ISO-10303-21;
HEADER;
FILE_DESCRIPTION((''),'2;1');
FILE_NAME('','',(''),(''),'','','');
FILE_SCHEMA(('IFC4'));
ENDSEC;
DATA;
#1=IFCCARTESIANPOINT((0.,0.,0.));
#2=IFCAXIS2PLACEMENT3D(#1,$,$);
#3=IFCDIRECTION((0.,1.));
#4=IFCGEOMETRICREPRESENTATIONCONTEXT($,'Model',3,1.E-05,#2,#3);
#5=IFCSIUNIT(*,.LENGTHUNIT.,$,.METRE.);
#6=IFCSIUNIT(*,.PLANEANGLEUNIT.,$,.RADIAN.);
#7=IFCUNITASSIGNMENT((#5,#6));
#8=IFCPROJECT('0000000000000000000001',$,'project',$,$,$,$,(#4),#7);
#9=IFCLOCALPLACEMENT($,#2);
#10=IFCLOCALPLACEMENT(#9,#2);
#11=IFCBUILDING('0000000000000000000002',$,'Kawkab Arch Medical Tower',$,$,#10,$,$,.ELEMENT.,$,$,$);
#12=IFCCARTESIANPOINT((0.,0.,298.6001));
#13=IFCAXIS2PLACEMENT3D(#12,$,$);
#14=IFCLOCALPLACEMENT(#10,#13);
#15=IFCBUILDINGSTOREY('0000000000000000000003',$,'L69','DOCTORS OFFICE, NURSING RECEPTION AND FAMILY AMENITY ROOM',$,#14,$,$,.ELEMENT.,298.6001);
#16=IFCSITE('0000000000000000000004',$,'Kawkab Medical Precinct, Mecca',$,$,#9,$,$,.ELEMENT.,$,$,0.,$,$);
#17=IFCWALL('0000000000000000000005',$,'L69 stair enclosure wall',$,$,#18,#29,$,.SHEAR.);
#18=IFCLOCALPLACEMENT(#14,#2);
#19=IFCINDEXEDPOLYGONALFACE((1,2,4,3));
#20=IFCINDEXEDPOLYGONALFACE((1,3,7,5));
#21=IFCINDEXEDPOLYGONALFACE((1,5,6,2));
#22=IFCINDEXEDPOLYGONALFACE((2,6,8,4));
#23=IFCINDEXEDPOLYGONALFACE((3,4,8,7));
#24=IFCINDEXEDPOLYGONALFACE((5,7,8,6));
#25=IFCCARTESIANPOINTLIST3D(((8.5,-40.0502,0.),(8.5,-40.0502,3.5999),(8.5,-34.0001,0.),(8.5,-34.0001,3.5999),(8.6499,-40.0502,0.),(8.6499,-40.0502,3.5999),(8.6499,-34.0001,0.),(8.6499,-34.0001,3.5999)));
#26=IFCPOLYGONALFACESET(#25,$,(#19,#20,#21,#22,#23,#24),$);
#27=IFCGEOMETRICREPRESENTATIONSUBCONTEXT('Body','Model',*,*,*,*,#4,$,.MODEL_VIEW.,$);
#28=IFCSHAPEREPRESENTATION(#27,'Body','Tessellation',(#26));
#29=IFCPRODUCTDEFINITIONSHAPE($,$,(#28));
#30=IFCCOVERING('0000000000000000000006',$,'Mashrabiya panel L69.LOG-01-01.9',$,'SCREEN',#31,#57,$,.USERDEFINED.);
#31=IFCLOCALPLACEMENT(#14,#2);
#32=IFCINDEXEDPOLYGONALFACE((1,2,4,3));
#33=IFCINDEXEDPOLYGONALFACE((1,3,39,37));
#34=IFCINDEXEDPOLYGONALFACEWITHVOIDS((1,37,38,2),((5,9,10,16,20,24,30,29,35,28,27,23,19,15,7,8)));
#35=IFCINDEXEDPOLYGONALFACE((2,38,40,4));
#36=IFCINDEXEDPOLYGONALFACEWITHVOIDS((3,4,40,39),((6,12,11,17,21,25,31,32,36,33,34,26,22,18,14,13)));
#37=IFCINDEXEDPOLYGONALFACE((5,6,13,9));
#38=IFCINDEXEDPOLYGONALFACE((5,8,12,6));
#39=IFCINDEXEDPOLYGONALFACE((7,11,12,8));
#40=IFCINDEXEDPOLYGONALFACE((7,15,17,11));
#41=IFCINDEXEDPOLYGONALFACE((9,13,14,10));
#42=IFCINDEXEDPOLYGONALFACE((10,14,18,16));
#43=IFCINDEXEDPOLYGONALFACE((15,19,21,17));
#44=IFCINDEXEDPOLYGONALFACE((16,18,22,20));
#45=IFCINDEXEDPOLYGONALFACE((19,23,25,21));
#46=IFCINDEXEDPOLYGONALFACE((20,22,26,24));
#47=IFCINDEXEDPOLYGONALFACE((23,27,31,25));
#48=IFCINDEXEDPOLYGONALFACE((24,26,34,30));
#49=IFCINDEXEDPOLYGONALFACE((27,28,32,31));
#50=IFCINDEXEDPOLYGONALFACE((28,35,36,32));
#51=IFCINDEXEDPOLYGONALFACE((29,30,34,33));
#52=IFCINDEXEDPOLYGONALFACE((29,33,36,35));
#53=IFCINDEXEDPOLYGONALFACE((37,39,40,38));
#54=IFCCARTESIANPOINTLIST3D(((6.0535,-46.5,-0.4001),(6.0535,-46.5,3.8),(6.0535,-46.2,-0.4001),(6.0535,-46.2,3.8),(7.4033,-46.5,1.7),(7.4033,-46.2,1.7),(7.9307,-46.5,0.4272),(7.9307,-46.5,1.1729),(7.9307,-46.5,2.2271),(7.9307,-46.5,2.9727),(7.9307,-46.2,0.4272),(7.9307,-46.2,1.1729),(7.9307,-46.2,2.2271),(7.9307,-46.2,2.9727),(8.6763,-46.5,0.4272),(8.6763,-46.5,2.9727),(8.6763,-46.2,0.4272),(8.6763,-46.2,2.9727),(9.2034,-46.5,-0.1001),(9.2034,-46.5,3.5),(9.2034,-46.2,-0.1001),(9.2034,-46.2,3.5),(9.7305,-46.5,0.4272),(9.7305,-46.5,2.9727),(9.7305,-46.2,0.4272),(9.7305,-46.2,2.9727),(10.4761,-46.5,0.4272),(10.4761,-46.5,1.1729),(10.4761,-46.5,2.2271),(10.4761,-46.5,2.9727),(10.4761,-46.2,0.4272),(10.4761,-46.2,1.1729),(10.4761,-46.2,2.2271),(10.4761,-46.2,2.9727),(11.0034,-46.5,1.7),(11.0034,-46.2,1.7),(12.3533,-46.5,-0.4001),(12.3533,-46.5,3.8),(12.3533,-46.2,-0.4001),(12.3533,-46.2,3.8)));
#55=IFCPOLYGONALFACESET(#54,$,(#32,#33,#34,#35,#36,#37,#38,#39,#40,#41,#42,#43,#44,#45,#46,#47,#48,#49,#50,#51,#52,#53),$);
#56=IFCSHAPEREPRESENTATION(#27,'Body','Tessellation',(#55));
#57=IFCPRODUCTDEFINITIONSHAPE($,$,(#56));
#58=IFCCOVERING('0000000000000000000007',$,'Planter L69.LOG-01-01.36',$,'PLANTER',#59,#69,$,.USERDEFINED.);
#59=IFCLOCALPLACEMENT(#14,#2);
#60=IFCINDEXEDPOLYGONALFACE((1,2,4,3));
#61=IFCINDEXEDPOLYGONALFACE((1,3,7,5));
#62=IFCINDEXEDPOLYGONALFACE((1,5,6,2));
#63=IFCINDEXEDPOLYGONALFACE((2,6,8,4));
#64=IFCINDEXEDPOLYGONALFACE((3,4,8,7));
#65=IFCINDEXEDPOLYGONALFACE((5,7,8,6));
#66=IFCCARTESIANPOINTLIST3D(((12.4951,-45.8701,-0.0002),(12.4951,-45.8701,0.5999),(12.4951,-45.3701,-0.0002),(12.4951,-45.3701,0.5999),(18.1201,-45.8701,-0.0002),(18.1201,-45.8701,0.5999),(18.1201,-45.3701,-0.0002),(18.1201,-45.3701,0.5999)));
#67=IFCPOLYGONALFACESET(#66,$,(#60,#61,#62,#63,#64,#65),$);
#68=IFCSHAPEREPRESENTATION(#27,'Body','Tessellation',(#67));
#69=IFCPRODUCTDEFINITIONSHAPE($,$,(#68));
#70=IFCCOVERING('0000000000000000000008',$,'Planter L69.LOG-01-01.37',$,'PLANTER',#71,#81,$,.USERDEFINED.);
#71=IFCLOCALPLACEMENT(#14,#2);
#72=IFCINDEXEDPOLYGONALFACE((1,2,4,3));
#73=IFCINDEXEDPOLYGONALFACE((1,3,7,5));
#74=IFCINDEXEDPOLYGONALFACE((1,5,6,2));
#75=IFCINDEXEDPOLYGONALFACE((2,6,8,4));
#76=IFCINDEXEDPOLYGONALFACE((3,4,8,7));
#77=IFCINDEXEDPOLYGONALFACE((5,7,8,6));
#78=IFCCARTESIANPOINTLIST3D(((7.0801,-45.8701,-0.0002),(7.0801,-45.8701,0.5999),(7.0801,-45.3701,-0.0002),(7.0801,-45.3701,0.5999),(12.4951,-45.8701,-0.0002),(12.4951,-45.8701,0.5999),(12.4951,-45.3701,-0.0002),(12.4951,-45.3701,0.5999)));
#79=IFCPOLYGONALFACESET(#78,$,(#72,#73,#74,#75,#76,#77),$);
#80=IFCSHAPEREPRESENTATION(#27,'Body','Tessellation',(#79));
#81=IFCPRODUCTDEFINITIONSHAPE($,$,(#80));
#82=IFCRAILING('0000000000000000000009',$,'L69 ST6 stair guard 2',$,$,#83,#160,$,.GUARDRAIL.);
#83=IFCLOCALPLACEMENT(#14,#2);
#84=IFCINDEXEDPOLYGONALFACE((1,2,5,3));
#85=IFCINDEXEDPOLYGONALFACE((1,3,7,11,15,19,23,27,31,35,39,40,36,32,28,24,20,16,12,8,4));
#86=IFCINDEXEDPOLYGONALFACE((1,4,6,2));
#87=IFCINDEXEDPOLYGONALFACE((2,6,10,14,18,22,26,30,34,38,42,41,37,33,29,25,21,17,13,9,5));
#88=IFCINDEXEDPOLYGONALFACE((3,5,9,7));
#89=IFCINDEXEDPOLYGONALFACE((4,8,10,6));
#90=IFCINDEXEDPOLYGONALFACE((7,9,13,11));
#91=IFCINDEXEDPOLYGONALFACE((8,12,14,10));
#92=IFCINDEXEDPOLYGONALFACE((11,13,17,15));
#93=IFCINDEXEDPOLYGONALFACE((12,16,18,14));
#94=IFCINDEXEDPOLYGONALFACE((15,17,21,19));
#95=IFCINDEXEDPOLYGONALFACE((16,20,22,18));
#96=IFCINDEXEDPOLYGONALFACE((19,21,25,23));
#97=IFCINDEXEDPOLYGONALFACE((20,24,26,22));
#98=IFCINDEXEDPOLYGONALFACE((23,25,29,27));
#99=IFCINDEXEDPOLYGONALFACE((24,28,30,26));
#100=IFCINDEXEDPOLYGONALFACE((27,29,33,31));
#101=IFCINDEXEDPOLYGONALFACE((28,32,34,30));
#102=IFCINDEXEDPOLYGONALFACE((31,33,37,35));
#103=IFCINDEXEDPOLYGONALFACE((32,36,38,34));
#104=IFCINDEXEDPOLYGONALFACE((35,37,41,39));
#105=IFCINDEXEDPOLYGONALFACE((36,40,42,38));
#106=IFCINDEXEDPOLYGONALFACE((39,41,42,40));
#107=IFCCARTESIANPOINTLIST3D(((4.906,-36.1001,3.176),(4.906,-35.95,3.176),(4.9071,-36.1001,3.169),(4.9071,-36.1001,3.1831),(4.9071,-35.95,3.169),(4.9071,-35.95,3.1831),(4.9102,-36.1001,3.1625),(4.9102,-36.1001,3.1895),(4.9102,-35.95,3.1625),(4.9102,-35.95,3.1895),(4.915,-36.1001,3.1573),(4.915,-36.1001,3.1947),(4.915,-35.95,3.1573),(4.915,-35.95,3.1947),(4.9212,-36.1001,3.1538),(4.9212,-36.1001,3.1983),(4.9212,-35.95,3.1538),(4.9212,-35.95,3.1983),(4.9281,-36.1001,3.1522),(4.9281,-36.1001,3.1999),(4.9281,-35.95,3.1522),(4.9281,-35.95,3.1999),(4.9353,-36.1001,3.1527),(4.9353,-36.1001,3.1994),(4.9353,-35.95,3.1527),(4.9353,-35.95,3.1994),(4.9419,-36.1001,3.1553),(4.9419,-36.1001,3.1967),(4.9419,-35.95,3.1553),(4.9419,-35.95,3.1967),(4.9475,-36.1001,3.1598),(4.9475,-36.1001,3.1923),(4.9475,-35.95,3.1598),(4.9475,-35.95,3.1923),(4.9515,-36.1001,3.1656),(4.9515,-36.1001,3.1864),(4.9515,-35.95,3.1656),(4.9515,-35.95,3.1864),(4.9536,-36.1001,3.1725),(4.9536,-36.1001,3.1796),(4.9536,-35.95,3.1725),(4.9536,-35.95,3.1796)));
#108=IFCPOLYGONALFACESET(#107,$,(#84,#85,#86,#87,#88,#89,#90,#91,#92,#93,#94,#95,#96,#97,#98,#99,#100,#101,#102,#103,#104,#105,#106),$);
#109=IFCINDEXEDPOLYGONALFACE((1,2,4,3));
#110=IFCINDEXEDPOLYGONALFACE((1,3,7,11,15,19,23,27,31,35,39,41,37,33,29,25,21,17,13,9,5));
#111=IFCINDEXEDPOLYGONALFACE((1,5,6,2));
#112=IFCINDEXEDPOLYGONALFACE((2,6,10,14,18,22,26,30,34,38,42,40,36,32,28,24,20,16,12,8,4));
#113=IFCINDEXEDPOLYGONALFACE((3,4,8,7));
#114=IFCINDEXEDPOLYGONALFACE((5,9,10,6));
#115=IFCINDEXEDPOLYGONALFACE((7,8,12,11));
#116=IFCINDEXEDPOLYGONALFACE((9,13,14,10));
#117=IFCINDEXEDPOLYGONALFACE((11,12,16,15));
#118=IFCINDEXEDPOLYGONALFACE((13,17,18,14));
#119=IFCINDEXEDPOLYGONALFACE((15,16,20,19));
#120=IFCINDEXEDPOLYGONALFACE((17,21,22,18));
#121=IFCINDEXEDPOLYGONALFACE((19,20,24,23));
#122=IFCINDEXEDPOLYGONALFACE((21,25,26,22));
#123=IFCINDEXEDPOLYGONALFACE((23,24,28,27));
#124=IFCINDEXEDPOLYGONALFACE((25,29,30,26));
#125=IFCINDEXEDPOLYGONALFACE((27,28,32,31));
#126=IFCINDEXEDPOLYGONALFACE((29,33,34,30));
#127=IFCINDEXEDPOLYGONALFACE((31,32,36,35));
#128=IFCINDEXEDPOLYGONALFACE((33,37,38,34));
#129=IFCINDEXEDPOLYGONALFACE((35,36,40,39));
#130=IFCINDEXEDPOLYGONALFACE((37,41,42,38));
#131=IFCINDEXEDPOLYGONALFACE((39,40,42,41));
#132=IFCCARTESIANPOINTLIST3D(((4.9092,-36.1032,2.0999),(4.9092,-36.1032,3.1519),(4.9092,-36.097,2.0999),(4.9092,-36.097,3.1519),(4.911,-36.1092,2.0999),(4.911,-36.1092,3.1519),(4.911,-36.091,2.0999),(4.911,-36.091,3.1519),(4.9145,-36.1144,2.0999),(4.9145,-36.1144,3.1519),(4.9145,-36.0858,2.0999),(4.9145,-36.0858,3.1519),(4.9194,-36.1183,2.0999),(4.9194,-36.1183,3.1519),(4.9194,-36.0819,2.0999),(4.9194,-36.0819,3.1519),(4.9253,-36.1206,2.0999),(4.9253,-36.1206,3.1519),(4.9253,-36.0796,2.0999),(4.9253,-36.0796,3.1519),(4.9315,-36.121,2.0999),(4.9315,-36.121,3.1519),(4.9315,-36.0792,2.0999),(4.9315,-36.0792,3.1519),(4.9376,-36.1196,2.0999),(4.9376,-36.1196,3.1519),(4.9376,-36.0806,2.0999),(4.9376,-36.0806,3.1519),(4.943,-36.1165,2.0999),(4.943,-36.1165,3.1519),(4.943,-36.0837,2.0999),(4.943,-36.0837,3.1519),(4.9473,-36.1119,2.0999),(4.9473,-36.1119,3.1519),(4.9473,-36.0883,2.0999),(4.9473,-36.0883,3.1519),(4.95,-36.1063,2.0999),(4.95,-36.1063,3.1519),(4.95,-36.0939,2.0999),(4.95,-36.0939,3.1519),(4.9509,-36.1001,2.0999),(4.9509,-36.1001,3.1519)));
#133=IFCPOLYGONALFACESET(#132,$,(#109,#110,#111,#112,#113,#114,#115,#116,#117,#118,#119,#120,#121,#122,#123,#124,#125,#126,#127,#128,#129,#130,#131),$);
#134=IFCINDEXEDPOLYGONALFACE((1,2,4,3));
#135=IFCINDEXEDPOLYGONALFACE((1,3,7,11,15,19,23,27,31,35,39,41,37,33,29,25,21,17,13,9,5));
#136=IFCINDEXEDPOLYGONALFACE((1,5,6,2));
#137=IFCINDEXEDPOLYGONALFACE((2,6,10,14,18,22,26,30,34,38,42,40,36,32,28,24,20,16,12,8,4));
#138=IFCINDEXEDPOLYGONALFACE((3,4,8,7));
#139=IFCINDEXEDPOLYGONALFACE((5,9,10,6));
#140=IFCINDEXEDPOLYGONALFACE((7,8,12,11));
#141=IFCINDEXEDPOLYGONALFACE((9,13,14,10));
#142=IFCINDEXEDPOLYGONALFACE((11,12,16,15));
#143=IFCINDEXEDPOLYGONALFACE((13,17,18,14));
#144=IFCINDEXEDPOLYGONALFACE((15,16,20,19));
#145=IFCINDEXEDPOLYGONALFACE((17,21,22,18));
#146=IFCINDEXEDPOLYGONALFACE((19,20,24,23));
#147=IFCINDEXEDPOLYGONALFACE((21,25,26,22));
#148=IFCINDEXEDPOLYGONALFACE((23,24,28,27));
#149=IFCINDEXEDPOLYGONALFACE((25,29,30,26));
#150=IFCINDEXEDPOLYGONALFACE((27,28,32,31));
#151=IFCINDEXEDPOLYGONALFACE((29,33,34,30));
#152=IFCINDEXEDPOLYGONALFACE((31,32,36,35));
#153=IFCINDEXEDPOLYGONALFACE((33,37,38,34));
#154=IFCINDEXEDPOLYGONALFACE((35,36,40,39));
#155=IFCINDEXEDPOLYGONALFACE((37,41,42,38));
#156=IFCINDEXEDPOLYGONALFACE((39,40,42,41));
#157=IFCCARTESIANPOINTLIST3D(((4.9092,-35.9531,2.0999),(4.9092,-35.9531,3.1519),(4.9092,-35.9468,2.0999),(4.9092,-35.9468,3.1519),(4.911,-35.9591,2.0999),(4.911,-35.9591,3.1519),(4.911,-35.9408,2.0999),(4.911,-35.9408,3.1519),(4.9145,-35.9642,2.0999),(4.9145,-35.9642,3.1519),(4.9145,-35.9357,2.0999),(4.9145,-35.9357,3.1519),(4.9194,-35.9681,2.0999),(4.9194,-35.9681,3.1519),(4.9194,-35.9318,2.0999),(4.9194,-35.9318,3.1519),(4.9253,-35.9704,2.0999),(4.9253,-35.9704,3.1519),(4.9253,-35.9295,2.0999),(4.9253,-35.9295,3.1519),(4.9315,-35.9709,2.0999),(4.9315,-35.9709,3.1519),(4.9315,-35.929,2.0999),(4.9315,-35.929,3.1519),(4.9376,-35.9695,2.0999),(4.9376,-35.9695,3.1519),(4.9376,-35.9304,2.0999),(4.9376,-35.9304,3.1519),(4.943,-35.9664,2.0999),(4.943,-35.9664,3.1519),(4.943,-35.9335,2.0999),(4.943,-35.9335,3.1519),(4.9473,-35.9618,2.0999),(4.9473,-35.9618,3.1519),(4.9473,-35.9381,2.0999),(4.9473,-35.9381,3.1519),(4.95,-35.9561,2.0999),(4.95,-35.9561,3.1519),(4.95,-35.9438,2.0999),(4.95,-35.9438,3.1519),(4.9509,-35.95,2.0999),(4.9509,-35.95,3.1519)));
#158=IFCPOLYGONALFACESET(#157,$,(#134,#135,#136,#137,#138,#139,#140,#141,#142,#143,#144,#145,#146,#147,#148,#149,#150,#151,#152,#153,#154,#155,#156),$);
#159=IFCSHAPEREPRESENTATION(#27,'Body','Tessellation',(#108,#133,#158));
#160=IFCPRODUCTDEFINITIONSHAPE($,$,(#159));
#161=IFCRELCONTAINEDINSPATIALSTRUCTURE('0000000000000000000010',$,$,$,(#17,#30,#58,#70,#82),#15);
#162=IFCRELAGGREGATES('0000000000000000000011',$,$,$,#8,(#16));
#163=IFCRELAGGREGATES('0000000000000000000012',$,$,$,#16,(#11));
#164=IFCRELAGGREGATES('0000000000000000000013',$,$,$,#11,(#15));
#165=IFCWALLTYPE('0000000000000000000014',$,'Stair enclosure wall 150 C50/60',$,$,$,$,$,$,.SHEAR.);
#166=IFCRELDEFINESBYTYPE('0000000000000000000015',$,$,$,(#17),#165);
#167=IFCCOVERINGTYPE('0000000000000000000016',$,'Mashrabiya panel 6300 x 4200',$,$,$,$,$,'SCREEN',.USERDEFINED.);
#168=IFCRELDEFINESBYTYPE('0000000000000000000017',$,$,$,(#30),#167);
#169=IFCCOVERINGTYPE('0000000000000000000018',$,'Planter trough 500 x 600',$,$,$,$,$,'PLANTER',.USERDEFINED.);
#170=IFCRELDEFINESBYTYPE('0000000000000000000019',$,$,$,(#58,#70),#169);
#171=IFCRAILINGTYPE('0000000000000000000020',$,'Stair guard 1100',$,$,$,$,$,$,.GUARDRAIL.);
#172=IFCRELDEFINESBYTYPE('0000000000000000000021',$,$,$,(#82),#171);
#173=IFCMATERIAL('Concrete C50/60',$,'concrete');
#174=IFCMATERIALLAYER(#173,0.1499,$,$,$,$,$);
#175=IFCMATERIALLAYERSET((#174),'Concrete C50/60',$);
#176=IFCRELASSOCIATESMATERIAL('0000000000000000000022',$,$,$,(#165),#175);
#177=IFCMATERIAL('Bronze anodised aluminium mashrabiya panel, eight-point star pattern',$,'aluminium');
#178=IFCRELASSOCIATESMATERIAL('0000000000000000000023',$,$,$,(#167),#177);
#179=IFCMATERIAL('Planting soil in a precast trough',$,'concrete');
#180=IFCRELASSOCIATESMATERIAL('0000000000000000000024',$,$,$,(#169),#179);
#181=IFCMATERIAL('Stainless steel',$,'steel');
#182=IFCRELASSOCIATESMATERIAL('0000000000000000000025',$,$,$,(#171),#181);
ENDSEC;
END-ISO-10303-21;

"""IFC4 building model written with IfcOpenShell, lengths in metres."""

from ifc_helpers import new_model, si_unit, direction, frame, frame_2d, origin, origin_2d, place, context, subcontext, project, spatial, polyline, rectangle, circle, outline, extrude, material, layer, layer_set, material_profile, profile_set, type_object, element, save


model = new_model("IFC4")

# Units and contexts
model_context = context("Model", 3, precision=1e-05, world=origin(), true_north=direction((0.0, 1.0)))
body_context = subcontext(model_context, "Body", "Model", "MODEL_VIEW")
ifc_project = project(units=[si_unit("LENGTHUNIT", "METRE"), si_unit("PLANEANGLEUNIT", "RADIAN")], contexts=[model_context])

# Site, building, storey
site_placement = place(None, origin())
site = spatial("IfcSite", under=ifc_project, at=site_placement, Name="Kawkab Medical Precinct, Mecca", CompositionType="ELEMENT", RefElevation=0.0)
building_placement = place(site_placement, origin())
building = spatial("IfcBuilding", under=site, at=building_placement, Name="Kawkab Arch Medical Tower", CompositionType="ELEMENT")
storey_placement = place(building_placement, frame((0.0, 0.0, 298.6001)))
storey = spatial("IfcBuildingStorey", under=building, at=storey_placement, Name="L69", Description="DOCTORS OFFICE, NURSING RECEPTION AND FAMILY AMENITY ROOM", CompositionType="ELEMENT", Elevation=298.6001)

# Wall
ifc_material_1 = material(Name="Concrete C50/60", Category="concrete")
ifc_layer_1 = layer(ifc_material_1, 0.1499)
ifc_layer_set_1 = layer_set([ifc_layer_1], Name="Concrete C50/60")
wall_type_1 = type_object("IfcWallType", Name="Stair enclosure wall 150 C50/60", PredefinedType="SHEAR", material=ifc_layer_set_1)
wall_1_placement = place(storey_placement, frame((8.575, -40.05, 0.0), z_axis=(0.0, 0.0, 1.0), x_axis=(0.0, 1.0, 0.0)))
element("IfcWall", 1, at=wall_1_placement, inside=storey, type_object=wall_type_1, Name="L69 stair enclosure wall", PredefinedType="SHEAR", context=body_context, shape_type="SweptSolid", body=[
    extrude(rectangle(XDim=6.05, YDim=0.1499, at=frame_2d((3.0249, 0.0))), origin(), (0.0, 0.0, 1.0), 3.5999),
])

# Coverings
ifc_material_2 = material(Name="Bronze anodised aluminium mashrabiya panel, eight-point star pattern", Category="aluminium")
ifc_material_profile_1 = material_profile(ifc_material_2, outline(polyline([(-3.1499, -2.1001), (3.1499, -2.1001), (3.1499, 2.1001), (-3.1499, 2.1001), (-3.1499, -2.1001)]), holes=[polyline([(1.8, 0.0), (1.2727, 0.5271), (1.2727, 1.2727), (0.5271, 1.2727), (0.0, 1.8), (-0.5271, 1.2727), (-1.2727, 1.2727), (-1.2727, 0.5271), (-1.8, 0.0), (-1.2727, -0.5271), (-1.2727, -1.2727), (-0.5271, -1.2727), (0.0, -1.8), (0.5271, -1.2727), (1.2727, -1.2727), (1.2727, -0.5271), (1.8, 0.0)])]), Name="Mashrabiya panel 6300x4200")
ifc_profile_set_1 = profile_set([ifc_material_profile_1], Name="Bronze anodised aluminium mashrabiya panel, eight-point star pattern")
covering_type_1 = type_object("IfcCoveringType", Name="Mashrabiya panel 6300 x 4200", ElementType="SCREEN", PredefinedType="USERDEFINED", material=ifc_profile_set_1)
covering_1_placement = place(storey_placement, frame((9.2034, -46.2, 1.7), z_axis=(0.0, -1.0, 0.0), x_axis=(1.0, 0.0, 0.0)))
element("IfcCovering", 2, at=covering_1_placement, inside=storey, type_object=covering_type_1, Name="Mashrabiya panel L69.LOG-01-01.9", ObjectType="SCREEN", PredefinedType="USERDEFINED", context=body_context, shape_type="SweptSolid", body=[
    extrude(outline(polyline([(-3.1499, -2.1001), (3.1499, -2.1001), (3.1499, 2.1001), (-3.1499, 2.1001), (-3.1499, -2.1001)]), holes=[polyline([(1.8, 0.0), (1.2727, 0.5271), (1.2727, 1.2727), (0.5271, 1.2727), (0.0, 1.8), (-0.5271, 1.2727), (-1.2727, 1.2727), (-1.2727, 0.5271), (-1.8, 0.0), (-1.2727, -0.5271), (-1.2727, -1.2727), (-0.5271, -1.2727), (0.0, -1.8), (0.5271, -1.2727), (1.2727, -1.2727), (1.2727, -0.5271), (1.8, 0.0)])]), origin(), (0.0, 0.0, 1.0), 0.3),
])
ifc_material_3 = material(Name="Planting soil in a precast trough", Category="concrete")
ifc_material_profile_2 = material_profile(ifc_material_3, rectangle(XDim=0.5, YDim=0.6001, at=origin_2d()), Name="Trough 500x600")
ifc_profile_set_2 = profile_set([ifc_material_profile_2], Name="Planting soil in a precast trough")
covering_type_2 = type_object("IfcCoveringType", Name="Planter trough 500 x 600", ElementType="PLANTER", PredefinedType="USERDEFINED", material=ifc_profile_set_2)
covering_2_placement = place(storey_placement, frame((18.1201, -45.6201, 0.2998), z_axis=(-1.0, 0.0, 0.0), x_axis=(0.0, -1.0, 0.0)))
element("IfcCovering", 3, at=covering_2_placement, inside=storey, type_object=covering_type_2, Name="Planter L69.LOG-01-01.36", ObjectType="PLANTER", PredefinedType="USERDEFINED", context=body_context, shape_type="SweptSolid", body=[
    extrude(rectangle(XDim=0.5, YDim=0.6001, at=origin_2d()), origin(), (0.0, 0.0, 1.0), 5.625),
])
covering_3_placement = place(storey_placement, frame((12.4951, -45.6201, 0.2998), z_axis=(-1.0, 0.0, 0.0), x_axis=(0.0, -1.0, 0.0)))
element("IfcCovering", 4, at=covering_3_placement, inside=storey, type_object=covering_type_2, Name="Planter L69.LOG-01-01.37", ObjectType="PLANTER", PredefinedType="USERDEFINED", context=body_context, shape_type="SweptSolid", body=[
    extrude(rectangle(XDim=0.5, YDim=0.6001, at=origin_2d()), origin(), (0.0, 0.0, 1.0), 5.415),
])

# Railing
ifc_material_4 = material(Name="Stainless steel", Category="steel")
railing_type_1 = type_object("IfcRailingType", Name="Stair guard 1100", PredefinedType="GUARDRAIL", material=ifc_material_4)
railing_1_placement = place(storey_placement, frame((4.9299, -36.1001, 2.0999)))
element("IfcRailing", 5, at=railing_1_placement, inside=storey, type_object=railing_type_1, Name="L69 ST6 stair guard 2", PredefinedType="GUARDRAIL", context=body_context, shape_type="SweptSolid", body=[
    extrude(circle(Radius=0.0239, at=origin_2d()), frame((0.0, 0.0, 1.0762), z_axis=(0.0, 1.0, 0.0), x_axis=(-1.0, 0.0, 0.0)), (0.0, 0.0, 1.0), 0.1501),
    extrude(circle(Radius=0.021, at=origin_2d()), origin(), (0.0, 0.0, 1.0), 1.052),
    extrude(circle(Radius=0.021, at=origin_2d()), frame((0.0, 0.1501, 0.0)), (0.0, 0.0, 1.0), 1.052),
])

save(model, "model.ifc")
